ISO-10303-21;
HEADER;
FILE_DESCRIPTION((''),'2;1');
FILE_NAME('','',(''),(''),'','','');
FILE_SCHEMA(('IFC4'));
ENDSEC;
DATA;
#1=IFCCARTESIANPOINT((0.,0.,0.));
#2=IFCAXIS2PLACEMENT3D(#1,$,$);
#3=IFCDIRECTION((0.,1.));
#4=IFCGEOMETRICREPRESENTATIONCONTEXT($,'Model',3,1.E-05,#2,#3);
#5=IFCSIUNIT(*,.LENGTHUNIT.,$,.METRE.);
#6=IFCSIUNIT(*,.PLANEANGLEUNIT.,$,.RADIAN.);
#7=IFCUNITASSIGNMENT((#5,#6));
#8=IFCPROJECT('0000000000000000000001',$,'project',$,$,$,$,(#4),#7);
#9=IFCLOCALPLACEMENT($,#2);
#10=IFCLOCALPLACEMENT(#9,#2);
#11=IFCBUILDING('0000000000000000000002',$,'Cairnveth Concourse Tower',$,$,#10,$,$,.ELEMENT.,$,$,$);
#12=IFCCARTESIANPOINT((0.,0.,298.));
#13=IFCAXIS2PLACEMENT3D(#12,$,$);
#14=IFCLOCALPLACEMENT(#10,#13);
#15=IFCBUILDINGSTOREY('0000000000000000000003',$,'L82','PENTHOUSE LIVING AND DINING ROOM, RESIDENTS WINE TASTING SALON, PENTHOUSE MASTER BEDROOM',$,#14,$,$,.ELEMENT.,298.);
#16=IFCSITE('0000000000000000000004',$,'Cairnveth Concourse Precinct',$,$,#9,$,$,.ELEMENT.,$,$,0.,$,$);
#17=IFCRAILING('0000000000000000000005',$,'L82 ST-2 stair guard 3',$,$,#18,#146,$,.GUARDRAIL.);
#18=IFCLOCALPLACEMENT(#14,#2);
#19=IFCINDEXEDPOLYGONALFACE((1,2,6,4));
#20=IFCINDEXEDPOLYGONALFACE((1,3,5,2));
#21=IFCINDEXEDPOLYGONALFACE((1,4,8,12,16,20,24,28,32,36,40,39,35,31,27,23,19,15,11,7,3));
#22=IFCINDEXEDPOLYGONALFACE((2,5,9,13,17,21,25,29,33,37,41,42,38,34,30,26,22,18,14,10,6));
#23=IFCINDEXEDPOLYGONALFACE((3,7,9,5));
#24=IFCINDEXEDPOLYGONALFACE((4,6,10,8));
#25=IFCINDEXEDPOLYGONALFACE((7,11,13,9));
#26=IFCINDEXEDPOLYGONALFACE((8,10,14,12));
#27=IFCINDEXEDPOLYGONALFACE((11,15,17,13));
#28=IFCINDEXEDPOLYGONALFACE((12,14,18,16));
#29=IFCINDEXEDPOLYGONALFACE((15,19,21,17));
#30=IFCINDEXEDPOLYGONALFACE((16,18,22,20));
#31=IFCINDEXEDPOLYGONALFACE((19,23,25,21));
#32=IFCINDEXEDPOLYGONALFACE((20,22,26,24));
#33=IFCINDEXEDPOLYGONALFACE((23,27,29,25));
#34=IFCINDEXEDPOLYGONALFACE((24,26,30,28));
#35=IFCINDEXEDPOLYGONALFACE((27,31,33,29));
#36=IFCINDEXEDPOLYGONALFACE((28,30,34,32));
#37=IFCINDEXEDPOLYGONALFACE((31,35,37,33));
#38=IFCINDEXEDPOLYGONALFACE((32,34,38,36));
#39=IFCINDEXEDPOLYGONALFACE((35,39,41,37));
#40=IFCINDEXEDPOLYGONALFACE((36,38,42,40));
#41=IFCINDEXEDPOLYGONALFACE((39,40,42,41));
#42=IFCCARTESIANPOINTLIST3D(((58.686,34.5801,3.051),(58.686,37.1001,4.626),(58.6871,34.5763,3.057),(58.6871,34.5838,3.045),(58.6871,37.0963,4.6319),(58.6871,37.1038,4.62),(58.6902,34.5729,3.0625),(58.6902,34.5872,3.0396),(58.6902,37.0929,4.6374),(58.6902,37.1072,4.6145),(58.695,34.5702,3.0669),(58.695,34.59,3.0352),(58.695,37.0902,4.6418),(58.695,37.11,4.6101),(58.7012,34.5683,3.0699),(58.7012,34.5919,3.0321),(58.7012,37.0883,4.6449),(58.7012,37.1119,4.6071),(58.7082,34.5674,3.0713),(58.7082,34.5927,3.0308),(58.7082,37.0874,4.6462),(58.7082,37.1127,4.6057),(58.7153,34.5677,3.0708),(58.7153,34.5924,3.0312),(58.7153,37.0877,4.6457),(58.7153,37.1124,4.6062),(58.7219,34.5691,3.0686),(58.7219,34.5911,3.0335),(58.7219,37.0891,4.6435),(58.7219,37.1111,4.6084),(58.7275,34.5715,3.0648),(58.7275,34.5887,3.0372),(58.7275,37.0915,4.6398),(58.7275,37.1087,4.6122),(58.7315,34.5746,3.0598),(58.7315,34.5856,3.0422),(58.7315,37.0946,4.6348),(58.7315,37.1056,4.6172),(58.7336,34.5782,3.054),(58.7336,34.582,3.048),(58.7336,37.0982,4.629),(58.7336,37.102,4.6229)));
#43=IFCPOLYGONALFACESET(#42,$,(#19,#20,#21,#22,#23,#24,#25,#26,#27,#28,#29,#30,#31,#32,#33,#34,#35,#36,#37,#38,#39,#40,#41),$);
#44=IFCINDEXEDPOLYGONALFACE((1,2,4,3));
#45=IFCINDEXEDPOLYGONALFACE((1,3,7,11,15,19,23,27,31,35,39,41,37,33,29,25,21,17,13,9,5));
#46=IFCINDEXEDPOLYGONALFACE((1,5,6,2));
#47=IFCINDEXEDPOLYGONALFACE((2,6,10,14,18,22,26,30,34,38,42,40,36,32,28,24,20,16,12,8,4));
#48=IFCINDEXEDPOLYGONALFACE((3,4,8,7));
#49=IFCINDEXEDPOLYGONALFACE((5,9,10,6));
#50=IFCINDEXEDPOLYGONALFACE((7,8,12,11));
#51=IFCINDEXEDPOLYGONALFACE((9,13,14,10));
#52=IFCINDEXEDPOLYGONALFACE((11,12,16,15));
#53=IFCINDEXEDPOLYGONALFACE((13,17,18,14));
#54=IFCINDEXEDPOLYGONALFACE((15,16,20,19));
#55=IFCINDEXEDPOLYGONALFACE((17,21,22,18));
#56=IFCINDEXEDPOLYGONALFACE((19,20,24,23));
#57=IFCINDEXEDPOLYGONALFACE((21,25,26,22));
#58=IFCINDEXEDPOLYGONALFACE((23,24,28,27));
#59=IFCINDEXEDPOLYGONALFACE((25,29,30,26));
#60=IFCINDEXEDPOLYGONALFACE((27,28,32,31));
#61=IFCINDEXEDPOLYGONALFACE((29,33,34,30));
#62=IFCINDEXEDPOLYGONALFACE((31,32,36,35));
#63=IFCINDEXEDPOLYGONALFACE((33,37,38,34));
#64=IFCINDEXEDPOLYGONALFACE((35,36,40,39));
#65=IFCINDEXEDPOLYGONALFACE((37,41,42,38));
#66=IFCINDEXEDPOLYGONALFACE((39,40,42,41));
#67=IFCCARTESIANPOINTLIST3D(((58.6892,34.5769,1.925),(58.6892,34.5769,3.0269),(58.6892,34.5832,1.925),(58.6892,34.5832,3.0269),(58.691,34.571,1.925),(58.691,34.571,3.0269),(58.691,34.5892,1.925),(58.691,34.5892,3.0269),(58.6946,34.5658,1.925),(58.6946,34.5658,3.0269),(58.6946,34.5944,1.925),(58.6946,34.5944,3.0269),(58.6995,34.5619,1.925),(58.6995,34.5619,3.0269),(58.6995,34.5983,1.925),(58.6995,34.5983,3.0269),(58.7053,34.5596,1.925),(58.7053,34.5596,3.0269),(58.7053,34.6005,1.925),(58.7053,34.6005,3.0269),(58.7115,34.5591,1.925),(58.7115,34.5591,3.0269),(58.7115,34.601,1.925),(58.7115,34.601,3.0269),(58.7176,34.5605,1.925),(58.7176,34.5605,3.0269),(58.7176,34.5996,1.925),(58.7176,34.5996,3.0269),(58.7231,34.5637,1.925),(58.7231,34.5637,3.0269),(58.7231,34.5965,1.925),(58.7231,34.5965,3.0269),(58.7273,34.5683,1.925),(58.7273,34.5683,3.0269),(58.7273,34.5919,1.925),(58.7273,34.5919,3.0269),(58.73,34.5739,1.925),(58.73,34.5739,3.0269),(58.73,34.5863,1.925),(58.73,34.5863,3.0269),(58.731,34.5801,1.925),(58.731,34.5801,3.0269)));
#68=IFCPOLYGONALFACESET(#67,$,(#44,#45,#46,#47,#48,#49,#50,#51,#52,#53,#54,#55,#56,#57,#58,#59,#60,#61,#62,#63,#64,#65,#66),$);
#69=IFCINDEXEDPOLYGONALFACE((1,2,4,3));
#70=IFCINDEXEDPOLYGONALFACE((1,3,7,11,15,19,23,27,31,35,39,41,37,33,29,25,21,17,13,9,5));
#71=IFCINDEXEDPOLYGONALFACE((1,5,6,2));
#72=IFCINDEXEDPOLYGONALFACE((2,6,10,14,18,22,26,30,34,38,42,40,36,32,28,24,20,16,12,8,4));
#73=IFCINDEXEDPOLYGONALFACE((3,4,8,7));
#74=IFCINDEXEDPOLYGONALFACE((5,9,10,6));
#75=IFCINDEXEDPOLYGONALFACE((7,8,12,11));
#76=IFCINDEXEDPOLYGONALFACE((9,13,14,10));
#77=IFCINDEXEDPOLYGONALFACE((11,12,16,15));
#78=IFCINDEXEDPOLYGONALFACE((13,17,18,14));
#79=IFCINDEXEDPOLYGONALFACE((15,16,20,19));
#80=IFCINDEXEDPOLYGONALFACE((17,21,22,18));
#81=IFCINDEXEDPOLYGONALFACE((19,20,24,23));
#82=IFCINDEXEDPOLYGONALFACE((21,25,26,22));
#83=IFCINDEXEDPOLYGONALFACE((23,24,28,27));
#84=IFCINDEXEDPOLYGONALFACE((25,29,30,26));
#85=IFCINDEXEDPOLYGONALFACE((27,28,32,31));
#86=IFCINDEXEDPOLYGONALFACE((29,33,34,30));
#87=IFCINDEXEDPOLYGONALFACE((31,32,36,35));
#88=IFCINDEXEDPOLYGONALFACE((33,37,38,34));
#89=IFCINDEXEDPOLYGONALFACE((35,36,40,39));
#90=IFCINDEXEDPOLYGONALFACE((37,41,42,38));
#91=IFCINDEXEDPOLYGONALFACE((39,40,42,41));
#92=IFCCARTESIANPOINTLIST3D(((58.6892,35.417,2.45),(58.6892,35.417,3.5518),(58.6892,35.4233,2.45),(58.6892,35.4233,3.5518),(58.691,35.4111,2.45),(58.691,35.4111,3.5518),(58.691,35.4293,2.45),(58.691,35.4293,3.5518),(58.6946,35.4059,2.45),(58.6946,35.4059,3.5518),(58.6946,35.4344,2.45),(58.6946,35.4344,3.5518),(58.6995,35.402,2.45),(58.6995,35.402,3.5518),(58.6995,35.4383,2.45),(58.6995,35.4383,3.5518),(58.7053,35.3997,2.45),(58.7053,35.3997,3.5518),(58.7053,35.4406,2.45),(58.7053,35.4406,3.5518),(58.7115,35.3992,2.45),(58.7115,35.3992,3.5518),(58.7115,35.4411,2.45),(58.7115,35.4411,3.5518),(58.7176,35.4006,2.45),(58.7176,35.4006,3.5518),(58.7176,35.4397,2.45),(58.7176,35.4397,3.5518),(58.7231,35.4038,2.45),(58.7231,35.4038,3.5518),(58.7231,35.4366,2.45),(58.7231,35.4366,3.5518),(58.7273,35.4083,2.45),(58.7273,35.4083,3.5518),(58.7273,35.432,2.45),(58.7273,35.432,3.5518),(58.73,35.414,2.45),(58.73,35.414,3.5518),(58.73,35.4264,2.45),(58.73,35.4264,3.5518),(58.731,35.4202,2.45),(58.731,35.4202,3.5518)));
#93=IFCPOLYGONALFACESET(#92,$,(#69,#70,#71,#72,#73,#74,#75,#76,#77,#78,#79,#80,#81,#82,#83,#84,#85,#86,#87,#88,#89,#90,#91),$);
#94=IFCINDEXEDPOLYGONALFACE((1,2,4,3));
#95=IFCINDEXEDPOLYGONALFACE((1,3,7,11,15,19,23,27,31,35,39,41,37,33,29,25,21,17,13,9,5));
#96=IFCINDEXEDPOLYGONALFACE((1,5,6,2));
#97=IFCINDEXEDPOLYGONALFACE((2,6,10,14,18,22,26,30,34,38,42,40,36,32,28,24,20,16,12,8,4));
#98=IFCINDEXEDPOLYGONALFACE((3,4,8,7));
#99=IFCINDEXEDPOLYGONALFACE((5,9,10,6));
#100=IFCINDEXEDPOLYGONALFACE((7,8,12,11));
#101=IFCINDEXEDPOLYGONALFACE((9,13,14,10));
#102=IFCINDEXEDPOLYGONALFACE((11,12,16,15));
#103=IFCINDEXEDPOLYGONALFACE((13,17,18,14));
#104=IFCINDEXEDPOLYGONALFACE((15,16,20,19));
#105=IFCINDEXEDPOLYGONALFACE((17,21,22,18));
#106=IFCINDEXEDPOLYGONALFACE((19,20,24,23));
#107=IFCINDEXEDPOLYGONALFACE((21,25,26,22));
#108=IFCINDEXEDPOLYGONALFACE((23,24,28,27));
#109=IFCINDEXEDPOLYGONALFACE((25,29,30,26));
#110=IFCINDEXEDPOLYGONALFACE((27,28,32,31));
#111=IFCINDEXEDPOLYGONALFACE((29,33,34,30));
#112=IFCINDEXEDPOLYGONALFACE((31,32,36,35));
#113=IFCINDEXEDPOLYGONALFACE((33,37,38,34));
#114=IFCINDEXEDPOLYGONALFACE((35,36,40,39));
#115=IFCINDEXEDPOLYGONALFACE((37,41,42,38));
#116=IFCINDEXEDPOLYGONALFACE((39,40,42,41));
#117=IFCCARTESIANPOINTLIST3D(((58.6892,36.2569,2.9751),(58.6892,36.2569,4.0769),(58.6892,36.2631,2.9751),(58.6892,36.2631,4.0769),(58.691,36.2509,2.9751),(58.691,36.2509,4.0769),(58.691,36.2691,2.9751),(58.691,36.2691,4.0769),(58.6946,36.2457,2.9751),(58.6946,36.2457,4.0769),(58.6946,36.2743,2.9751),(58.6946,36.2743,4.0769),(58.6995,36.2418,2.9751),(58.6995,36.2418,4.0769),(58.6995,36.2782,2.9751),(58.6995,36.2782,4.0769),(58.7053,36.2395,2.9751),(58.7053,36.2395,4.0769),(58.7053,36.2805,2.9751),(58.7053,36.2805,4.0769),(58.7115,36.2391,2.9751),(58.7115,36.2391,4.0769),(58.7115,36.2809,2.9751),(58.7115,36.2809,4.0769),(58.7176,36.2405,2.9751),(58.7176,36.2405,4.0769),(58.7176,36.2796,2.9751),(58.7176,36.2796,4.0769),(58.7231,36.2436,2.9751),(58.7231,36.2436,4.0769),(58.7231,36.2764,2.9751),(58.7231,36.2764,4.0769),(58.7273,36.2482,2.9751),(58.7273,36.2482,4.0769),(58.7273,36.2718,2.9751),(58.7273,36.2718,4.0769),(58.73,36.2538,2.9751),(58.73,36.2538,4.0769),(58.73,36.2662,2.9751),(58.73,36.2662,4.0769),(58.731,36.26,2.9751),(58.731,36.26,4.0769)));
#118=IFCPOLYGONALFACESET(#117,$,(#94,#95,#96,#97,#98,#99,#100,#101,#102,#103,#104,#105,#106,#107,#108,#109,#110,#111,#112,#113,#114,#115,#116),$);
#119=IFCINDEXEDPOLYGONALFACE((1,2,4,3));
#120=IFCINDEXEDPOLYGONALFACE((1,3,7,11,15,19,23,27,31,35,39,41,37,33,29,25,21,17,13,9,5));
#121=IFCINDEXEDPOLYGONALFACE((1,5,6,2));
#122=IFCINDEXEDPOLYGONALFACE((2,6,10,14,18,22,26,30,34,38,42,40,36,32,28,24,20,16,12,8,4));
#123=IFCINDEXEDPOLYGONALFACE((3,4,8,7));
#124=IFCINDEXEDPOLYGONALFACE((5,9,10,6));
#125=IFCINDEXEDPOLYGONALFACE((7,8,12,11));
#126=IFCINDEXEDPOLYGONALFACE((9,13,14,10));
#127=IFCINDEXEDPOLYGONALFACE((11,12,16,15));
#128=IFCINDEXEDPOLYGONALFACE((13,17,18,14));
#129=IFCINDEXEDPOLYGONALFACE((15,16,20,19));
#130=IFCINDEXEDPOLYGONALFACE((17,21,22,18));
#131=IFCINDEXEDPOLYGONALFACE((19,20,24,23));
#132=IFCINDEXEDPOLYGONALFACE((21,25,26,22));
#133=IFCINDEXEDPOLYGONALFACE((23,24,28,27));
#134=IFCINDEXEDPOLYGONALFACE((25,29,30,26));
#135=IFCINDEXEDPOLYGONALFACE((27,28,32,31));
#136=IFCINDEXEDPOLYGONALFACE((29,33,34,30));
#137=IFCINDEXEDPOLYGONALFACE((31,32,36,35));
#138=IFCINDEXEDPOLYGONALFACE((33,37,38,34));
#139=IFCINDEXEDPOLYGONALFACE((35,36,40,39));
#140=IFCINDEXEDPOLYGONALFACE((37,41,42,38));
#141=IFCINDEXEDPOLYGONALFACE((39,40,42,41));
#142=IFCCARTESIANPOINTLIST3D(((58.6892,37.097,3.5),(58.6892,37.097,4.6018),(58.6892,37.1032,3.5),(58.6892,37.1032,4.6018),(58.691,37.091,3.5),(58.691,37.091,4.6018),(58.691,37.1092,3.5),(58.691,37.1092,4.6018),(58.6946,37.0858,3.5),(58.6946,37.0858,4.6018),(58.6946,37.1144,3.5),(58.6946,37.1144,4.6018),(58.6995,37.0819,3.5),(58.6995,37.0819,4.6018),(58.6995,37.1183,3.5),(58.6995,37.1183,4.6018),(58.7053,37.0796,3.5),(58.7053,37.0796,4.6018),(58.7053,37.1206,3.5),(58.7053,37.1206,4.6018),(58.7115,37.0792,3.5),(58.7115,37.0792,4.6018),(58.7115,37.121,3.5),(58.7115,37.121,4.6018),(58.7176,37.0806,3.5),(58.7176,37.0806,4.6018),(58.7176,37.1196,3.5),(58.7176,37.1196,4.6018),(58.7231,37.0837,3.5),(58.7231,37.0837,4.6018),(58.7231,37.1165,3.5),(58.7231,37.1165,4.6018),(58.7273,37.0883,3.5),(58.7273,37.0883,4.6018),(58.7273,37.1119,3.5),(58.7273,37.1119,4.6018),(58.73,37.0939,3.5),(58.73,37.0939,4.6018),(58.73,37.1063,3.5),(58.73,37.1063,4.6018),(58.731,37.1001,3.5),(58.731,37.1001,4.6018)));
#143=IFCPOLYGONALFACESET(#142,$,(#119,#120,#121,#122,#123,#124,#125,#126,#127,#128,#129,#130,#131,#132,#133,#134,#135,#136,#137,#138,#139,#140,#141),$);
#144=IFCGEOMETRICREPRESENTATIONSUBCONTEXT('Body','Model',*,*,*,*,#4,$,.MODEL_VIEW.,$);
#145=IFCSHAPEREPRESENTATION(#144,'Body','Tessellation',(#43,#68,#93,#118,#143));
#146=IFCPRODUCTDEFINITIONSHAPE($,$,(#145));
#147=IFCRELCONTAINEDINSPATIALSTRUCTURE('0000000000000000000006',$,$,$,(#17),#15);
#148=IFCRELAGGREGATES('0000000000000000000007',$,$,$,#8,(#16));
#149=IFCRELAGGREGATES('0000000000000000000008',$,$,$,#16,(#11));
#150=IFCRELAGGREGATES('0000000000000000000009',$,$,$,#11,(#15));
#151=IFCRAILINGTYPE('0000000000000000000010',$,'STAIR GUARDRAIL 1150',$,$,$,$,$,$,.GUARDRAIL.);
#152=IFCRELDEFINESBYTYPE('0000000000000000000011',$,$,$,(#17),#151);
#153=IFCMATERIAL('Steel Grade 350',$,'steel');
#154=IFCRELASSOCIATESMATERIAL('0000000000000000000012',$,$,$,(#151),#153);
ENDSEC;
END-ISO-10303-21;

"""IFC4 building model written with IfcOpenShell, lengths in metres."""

from ifc_helpers import new_model, si_unit, direction, frame, origin, origin_2d, place, context, subcontext, project, spatial, circle, extrude, material, type_object, element, save


model = new_model("IFC4")

# Units and contexts
model_context = context("Model", 3, precision=1e-05, world=origin(), true_north=direction((0.0, 1.0)))
body_context = subcontext(model_context, "Body", "Model", "MODEL_VIEW")
ifc_project = project(units=[si_unit("LENGTHUNIT", "METRE"), si_unit("PLANEANGLEUNIT", "RADIAN")], contexts=[model_context])

# Site, building, storey
site_placement = place(None, origin())
site = spatial("IfcSite", under=ifc_project, at=site_placement, Name="Cairnveth Concourse Precinct", CompositionType="ELEMENT", RefElevation=0.0)
building_placement = place(site_placement, origin())
building = spatial("IfcBuilding", under=site, at=building_placement, Name="Cairnveth Concourse Tower", CompositionType="ELEMENT")
storey_placement = place(building_placement, frame((0.0, 0.0, 298.0)))
storey = spatial("IfcBuildingStorey", under=building, at=storey_placement, Name="L82", Description="PENTHOUSE LIVING AND DINING ROOM, RESIDENTS WINE TASTING SALON, PENTHOUSE MASTER BEDROOM", CompositionType="ELEMENT", Elevation=298.0)

# Shared definitions
ifc_material_1 = material(Name="Steel Grade 350", Category="steel")

# Railing
railing_type = type_object("IfcRailingType", Name="STAIR GUARDRAIL 1150", PredefinedType="GUARDRAIL", material=ifc_material_1)
railing_placement = place(storey_placement, frame((58.71, 34.5801, 1.925)))
element("IfcRailing", 1, at=railing_placement, inside=storey, type_object=railing_type, Name="L82 ST-2 stair guard 3", PredefinedType="GUARDRAIL", context=body_context, shape_type="SweptSolid", body=[
    extrude(circle(Radius=0.0239, at=origin_2d()), frame((0.0, 0.0, 1.126), z_axis=(0.0, 0.848008, 0.529984), x_axis=(-1.0, 0.0, 0.0)), (0.0, 0.0, 1.0), 2.9717),
    extrude(circle(Radius=0.021, at=origin_2d()), origin(), (0.0, 0.0, 1.0), 1.1018),
    extrude(circle(Radius=0.021, at=origin_2d()), frame((0.0, 0.8401, 0.5249)), (0.0, 0.0, 1.0), 1.1018),
    extrude(circle(Radius=0.021, at=origin_2d()), frame((0.0, 1.6799, 1.05)), (0.0, 0.0, 1.0), 1.1018),
    extrude(circle(Radius=0.021, at=origin_2d()), frame((0.0, 2.52, 1.575)), (0.0, 0.0, 1.0), 1.1018),
])

save(model, "model.ifc")
